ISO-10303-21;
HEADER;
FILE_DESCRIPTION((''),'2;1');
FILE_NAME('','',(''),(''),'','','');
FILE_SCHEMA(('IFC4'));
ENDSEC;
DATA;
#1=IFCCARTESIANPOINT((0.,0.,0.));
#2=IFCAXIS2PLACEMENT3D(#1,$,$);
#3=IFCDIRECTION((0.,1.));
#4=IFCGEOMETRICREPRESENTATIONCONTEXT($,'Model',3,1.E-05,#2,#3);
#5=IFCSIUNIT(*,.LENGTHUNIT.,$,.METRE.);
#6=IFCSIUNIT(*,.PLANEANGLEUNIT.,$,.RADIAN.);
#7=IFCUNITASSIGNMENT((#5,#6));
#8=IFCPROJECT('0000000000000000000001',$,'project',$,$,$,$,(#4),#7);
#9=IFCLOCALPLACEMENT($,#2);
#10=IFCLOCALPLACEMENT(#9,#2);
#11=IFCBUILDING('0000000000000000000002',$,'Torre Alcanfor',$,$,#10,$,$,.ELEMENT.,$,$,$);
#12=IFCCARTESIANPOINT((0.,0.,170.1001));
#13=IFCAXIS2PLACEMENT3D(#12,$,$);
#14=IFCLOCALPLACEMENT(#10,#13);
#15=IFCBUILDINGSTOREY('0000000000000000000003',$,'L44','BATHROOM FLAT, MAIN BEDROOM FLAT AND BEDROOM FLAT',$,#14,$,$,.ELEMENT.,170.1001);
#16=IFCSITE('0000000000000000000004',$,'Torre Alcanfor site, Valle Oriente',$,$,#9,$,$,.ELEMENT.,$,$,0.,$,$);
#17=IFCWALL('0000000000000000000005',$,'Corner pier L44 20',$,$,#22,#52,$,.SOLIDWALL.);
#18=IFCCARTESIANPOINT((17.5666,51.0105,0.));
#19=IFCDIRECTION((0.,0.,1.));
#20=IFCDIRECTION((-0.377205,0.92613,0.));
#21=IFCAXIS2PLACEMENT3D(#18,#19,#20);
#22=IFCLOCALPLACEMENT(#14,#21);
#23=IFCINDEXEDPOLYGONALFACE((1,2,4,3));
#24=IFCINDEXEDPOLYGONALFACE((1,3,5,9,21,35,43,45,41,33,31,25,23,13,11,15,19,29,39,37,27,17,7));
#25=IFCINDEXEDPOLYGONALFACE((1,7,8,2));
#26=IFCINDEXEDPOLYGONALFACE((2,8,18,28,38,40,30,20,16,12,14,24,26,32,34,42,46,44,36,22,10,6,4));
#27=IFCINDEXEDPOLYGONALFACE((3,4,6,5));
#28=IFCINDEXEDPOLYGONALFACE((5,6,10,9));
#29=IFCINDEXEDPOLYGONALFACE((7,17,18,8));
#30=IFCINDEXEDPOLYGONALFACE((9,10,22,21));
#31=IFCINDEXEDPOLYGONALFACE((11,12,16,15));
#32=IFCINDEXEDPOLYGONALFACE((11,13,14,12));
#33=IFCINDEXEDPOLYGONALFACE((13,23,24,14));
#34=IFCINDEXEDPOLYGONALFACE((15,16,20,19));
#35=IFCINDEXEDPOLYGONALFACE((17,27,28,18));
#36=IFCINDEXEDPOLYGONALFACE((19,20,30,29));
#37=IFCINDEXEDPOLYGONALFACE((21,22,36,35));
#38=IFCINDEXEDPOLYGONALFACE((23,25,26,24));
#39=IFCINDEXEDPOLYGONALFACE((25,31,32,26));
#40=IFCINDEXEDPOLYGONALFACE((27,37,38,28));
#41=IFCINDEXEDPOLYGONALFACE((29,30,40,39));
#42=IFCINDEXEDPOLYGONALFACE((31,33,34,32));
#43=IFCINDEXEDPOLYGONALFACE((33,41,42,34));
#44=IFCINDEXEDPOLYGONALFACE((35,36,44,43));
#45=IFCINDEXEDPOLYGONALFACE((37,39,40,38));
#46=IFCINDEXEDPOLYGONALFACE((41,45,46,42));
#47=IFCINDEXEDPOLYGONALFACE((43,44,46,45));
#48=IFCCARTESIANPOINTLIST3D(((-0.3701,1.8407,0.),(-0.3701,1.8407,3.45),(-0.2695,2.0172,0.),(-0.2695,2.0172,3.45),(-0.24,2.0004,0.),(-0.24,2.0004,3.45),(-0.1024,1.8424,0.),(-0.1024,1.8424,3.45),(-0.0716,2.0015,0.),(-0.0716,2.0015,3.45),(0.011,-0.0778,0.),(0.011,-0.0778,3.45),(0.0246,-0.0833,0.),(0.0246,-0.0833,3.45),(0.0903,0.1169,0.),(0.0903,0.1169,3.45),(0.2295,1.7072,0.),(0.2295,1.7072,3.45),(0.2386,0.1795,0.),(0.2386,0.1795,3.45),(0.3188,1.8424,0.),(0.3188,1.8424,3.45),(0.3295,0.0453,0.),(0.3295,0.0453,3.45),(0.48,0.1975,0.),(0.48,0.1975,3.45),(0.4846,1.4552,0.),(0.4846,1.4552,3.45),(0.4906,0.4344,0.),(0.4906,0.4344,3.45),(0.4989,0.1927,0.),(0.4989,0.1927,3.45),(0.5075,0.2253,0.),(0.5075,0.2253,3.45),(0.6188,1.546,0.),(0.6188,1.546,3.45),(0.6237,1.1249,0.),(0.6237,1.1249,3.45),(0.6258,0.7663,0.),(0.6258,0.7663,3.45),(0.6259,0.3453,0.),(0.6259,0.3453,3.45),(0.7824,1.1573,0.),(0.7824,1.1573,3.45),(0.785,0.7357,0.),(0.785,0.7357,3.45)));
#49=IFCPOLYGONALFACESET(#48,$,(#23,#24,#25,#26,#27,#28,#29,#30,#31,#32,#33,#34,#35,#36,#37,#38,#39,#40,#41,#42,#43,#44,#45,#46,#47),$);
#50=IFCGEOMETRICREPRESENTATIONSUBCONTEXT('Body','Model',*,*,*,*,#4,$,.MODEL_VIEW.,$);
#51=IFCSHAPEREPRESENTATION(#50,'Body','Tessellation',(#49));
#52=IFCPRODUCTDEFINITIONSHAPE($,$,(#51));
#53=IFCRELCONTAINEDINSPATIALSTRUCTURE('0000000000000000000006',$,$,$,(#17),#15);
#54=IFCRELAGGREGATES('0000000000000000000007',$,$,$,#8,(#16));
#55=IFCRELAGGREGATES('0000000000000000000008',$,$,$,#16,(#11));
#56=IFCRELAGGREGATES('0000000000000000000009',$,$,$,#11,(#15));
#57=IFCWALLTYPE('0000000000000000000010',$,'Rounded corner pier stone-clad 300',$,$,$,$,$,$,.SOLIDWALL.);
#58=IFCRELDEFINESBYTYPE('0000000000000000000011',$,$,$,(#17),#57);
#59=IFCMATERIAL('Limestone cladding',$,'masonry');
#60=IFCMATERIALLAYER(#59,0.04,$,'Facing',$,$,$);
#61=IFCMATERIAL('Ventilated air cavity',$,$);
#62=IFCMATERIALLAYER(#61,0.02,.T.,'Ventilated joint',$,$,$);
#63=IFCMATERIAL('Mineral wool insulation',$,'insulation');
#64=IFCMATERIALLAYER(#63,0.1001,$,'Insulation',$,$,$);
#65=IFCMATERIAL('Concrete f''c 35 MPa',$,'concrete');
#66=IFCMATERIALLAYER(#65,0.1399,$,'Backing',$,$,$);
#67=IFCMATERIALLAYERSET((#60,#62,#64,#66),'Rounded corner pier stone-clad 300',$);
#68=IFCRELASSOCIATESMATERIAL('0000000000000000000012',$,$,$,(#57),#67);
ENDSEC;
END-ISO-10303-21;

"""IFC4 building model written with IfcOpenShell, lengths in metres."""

from ifc_helpers import new_model, si_unit, direction, frame, origin, place, context, subcontext, project, spatial, polyline, outline, extrude, material, layer, layer_set, type_object, element, save


model = new_model("IFC4")

# Units and contexts
model_context = context("Model", 3, precision=1e-05, world=origin(), true_north=direction((0.0, 1.0)))
body_context = subcontext(model_context, "Body", "Model", "MODEL_VIEW")
ifc_project = project(units=[si_unit("LENGTHUNIT", "METRE"), si_unit("PLANEANGLEUNIT", "RADIAN")], contexts=[model_context])

# Site, building, storey
site_placement = place(None, origin())
site = spatial("IfcSite", under=ifc_project, at=site_placement, Name="Torre Alcanfor site, Valle Oriente", CompositionType="ELEMENT", RefElevation=0.0)
building_placement = place(site_placement, origin())
building = spatial("IfcBuilding", under=site, at=building_placement, Name="Torre Alcanfor", CompositionType="ELEMENT")
storey_placement = place(building_placement, frame((0.0, 0.0, 170.1001)))
storey = spatial("IfcBuildingStorey", under=building, at=storey_placement, Name="L44", Description="BATHROOM FLAT, MAIN BEDROOM FLAT AND BEDROOM FLAT", CompositionType="ELEMENT", Elevation=170.1001)

# Shared definitions
ifc_material_1 = material(Name="Limestone cladding", Category="masonry")
ifc_material_2 = material(Name="Ventilated air cavity")
ifc_material_3 = material(Name="Mineral wool insulation", Category="insulation")
ifc_material_4 = material(Name="Concrete f'c 35 MPa", Category="concrete")

# Wall
ifc_layer_1 = layer(ifc_material_1, 0.04, Name="Facing")
ifc_layer_2 = layer(ifc_material_2, 0.02, ventilated=True, Name="Ventilated joint")
ifc_layer_3 = layer(ifc_material_3, 0.1001, Name="Insulation")
ifc_layer_4 = layer(ifc_material_4, 0.1399, Name="Backing")
ifc_layer_set_1 = layer_set([ifc_layer_1, ifc_layer_2, ifc_layer_3, ifc_layer_4], Name="Rounded corner pier stone-clad 300")
wall_type_1 = type_object("IfcWallType", Name="Rounded corner pier stone-clad 300", PredefinedType="SOLIDWALL", material=ifc_layer_set_1)
wall_1_placement = place(storey_placement, frame((17.5666, 51.0105, 0.0), z_axis=(0.0, 0.0, 1.0), x_axis=(-0.377205, 0.92613, 0.0)))
element("IfcWall", 1, at=wall_1_placement, inside=storey, type_object=wall_type_1, Name="Corner pier L44 20", PredefinedType="SOLIDWALL", context=body_context, shape_type="SweptSolid", body=[
    extrude(outline(polyline([(-0.2695, 2.0172), (-0.3701, 1.8407), (-0.1024, 1.8424), (0.2295, 1.7072), (0.4846, 1.4552), (0.6237, 1.1249), (0.6258, 0.7663), (0.4906, 0.4344), (0.2386, 0.1795), (0.0903, 0.1169), (0.011, -0.0778), (0.0246, -0.0833), (0.3295, 0.0453), (0.48, 0.1975), (0.4989, 0.1927), (0.5075, 0.2253), (0.6259, 0.3453), (0.785, 0.7357), (0.7824, 1.1573), (0.6188, 1.546), (0.3188, 1.8424), (-0.0716, 2.0015), (-0.24, 2.0004), (-0.2695, 2.0172)])), origin(), (0.0, 0.0, 1.0), 3.45),
])

save(model, "model.ifc")
